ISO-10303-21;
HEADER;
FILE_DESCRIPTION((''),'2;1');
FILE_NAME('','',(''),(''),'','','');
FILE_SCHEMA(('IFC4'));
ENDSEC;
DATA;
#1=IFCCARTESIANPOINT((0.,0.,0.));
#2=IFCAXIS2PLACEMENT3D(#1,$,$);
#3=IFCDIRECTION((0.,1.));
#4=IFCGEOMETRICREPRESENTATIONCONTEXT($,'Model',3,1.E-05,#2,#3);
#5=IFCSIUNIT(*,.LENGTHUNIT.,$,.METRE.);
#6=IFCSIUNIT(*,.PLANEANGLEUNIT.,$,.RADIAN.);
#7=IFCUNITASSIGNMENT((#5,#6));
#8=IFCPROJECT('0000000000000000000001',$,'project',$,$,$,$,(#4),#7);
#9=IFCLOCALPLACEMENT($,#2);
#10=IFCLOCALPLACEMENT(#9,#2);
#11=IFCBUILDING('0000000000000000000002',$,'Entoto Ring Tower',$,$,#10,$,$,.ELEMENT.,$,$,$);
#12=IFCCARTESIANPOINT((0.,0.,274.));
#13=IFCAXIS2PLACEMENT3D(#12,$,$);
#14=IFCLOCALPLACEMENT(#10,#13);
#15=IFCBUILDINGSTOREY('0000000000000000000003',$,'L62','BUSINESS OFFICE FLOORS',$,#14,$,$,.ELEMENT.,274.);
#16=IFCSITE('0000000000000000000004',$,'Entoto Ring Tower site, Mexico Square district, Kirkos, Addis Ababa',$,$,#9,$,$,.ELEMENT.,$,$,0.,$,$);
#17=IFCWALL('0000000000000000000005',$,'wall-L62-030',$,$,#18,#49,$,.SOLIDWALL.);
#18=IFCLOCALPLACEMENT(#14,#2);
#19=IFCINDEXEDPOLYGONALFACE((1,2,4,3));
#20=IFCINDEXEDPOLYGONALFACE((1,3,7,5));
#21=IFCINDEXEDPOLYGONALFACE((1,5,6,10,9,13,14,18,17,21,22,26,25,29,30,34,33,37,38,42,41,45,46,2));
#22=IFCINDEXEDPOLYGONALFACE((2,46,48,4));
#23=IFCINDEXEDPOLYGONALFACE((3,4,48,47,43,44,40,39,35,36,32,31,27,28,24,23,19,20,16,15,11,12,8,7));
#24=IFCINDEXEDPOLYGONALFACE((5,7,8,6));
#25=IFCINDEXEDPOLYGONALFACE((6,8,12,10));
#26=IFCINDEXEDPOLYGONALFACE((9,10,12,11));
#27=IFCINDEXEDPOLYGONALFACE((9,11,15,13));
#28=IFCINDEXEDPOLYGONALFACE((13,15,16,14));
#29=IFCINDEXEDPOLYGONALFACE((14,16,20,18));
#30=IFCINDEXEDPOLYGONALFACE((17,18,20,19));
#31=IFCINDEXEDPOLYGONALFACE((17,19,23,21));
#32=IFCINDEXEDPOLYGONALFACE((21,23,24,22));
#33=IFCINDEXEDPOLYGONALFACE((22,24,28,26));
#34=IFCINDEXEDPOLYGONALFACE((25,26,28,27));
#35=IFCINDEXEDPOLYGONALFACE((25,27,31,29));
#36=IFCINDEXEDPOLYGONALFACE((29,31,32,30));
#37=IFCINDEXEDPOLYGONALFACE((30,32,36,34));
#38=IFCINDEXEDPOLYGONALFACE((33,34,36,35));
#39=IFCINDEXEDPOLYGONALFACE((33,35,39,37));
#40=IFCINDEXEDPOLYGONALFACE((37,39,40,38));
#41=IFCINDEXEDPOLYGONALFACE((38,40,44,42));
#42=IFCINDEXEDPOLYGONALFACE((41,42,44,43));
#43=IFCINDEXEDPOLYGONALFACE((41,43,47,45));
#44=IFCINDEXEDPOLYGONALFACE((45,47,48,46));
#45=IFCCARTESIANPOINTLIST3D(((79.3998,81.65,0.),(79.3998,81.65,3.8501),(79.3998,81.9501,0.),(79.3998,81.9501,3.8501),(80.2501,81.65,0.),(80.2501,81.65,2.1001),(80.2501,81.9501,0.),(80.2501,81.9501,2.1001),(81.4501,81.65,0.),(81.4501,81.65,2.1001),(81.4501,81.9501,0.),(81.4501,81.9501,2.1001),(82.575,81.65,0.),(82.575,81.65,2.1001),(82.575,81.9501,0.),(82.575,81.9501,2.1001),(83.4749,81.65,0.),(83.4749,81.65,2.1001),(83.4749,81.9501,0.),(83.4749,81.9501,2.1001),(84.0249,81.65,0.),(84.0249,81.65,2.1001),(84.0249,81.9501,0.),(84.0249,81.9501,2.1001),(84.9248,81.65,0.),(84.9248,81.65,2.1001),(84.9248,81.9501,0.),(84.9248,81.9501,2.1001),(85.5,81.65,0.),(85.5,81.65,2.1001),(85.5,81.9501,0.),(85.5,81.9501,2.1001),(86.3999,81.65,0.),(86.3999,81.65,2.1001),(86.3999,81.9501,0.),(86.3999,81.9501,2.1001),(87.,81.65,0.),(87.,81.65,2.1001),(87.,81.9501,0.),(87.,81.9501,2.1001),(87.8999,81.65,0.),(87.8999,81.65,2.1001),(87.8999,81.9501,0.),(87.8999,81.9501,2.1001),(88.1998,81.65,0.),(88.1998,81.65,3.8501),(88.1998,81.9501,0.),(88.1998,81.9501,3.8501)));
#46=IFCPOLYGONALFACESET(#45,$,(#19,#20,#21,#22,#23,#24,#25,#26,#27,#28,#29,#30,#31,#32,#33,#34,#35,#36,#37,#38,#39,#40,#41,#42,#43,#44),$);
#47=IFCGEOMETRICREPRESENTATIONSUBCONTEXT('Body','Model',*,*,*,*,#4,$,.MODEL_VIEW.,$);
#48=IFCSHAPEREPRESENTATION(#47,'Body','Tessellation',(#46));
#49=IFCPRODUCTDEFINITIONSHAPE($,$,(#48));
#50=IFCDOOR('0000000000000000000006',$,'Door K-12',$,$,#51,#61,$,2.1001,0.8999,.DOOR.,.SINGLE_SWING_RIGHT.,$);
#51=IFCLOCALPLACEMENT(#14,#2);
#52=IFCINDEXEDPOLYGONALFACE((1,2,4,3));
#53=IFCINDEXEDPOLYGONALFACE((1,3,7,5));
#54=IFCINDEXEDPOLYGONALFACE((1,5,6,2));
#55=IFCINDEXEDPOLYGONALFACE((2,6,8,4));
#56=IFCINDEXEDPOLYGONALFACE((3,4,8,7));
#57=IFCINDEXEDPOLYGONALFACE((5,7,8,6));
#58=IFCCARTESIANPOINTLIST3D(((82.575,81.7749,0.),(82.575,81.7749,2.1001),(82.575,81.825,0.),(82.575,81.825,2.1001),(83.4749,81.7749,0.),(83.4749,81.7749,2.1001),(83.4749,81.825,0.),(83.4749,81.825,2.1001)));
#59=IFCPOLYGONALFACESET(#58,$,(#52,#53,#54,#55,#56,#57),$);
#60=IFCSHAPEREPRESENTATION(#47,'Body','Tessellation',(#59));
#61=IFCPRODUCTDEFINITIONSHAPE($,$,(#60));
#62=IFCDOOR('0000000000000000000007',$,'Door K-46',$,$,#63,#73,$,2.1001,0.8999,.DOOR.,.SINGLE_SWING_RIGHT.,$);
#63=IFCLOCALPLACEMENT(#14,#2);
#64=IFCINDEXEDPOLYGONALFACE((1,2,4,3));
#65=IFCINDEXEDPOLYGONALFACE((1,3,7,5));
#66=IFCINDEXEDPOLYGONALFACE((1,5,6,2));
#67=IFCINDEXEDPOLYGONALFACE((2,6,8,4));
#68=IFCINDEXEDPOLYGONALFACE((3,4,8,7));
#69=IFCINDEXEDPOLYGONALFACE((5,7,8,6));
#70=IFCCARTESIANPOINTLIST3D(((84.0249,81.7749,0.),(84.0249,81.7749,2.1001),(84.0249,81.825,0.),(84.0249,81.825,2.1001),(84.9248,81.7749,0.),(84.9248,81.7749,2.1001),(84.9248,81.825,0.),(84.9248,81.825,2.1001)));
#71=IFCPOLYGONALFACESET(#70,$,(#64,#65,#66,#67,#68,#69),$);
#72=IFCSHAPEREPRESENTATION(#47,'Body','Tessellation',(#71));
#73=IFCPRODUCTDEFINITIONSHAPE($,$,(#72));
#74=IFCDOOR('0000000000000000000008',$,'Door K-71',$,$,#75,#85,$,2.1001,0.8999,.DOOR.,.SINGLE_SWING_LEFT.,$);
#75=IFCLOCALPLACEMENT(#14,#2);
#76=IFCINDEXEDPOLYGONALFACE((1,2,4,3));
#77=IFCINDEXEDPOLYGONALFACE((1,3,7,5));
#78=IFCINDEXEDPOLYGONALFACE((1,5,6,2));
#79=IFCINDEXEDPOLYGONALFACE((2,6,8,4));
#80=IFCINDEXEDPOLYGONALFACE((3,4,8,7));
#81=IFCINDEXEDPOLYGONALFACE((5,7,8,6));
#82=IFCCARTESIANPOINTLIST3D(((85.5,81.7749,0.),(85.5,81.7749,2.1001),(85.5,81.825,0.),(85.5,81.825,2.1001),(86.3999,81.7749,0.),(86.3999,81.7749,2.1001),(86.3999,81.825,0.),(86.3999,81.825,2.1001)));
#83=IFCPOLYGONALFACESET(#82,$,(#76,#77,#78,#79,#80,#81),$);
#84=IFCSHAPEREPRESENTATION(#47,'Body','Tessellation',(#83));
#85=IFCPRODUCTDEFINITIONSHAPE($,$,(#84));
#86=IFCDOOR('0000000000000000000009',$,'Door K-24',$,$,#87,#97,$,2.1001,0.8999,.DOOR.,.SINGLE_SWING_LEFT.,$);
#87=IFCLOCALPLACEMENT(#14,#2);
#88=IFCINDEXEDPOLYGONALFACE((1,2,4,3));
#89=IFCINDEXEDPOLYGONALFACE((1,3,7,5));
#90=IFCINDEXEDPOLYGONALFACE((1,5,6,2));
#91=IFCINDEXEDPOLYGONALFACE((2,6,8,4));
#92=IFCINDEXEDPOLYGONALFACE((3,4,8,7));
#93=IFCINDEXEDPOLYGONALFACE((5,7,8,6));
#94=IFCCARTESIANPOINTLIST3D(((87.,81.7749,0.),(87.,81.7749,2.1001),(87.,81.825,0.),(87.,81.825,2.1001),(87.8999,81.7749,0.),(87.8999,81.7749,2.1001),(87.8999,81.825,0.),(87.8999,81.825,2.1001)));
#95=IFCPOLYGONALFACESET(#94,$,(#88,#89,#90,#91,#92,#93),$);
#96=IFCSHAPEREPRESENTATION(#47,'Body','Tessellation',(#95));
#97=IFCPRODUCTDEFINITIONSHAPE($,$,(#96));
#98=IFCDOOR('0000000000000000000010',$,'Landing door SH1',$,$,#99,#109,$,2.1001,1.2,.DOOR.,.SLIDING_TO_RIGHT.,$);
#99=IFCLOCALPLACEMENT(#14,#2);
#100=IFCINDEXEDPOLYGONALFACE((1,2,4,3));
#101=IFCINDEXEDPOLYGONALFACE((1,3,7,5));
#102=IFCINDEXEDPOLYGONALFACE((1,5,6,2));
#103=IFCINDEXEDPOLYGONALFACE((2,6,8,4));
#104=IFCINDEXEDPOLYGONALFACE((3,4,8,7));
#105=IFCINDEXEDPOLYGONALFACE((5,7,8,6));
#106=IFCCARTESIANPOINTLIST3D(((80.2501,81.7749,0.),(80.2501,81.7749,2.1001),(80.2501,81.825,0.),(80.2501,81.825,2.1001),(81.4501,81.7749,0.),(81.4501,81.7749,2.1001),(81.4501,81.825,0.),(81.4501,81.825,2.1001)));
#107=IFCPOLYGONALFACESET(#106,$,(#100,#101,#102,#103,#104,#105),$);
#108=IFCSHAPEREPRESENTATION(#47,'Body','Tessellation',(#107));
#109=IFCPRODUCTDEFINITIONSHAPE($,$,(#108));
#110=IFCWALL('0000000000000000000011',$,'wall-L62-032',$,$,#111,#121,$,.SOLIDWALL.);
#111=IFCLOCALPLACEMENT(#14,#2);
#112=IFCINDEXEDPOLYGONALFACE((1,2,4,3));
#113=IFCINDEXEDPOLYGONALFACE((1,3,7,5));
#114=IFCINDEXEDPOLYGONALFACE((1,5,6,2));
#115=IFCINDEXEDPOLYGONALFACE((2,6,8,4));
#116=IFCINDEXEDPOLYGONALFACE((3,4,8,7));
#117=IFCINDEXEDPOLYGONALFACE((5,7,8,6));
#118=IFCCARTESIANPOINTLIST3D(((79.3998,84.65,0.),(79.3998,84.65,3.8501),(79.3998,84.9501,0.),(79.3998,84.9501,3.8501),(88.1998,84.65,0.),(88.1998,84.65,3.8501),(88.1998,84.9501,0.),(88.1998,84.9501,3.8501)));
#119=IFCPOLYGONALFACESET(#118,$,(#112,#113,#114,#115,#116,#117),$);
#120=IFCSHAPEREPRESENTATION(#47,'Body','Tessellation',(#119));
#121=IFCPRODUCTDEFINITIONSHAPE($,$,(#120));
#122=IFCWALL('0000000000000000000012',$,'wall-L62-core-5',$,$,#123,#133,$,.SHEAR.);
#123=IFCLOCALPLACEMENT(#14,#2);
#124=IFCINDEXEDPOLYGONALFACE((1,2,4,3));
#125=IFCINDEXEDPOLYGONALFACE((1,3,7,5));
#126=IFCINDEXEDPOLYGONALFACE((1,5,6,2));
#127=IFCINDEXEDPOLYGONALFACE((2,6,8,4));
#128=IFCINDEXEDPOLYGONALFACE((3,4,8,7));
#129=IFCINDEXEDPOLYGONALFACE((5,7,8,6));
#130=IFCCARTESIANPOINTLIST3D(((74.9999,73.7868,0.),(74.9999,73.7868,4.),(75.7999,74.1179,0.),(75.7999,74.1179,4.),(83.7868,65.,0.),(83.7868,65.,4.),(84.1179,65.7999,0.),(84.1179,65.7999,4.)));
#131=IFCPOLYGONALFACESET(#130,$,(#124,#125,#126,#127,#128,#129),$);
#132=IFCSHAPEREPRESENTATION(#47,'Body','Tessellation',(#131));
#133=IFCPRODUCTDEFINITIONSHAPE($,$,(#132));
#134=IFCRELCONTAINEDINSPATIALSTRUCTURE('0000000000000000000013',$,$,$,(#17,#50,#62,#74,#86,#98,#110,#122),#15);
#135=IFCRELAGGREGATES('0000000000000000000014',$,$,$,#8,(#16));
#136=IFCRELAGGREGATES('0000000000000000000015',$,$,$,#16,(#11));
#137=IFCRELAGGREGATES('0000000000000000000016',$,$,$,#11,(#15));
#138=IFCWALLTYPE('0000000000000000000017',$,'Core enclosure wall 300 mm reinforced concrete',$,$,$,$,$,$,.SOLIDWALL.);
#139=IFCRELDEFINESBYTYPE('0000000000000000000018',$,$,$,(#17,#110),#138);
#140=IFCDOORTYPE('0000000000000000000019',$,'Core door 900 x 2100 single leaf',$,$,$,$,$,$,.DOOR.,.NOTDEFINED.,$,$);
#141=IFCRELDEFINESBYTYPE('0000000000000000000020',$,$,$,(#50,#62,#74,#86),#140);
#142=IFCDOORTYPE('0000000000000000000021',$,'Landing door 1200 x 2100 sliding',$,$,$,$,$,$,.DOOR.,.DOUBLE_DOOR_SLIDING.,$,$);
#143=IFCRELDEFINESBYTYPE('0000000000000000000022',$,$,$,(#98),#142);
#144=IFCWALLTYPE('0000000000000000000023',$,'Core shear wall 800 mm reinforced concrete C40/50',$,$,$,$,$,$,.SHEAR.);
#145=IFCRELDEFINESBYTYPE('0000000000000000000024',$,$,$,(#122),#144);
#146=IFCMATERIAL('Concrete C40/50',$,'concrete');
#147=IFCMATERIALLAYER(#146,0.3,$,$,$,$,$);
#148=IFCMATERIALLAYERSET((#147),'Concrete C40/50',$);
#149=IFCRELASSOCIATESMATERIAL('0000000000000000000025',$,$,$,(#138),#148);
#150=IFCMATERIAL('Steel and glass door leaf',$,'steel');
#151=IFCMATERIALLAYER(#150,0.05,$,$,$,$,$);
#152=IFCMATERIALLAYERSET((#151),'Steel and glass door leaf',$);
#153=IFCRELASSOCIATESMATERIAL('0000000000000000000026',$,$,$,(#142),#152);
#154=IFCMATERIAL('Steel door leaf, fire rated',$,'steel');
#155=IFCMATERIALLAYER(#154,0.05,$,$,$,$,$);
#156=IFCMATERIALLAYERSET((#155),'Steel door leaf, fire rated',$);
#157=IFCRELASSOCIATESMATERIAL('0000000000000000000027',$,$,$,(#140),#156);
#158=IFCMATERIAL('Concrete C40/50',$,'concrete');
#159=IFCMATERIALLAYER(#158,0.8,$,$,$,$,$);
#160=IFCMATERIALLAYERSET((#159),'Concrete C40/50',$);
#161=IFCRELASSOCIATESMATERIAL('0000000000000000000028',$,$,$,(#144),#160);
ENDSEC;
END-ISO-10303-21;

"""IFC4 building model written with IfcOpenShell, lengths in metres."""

from ifc_helpers import new_model, si_unit, direction, frame, frame_2d, origin, place, context, subcontext, project, spatial, polyline, rectangle, outline, extrude, material, layer, layer_set, type_object, element, fill, save


model = new_model("IFC4")

# Units and contexts
model_context = context("Model", 3, precision=1e-05, world=origin(), true_north=direction((0.0, 1.0)))
body_context = subcontext(model_context, "Body", "Model", "MODEL_VIEW")
ifc_project = project(units=[si_unit("LENGTHUNIT", "METRE"), si_unit("PLANEANGLEUNIT", "RADIAN")], contexts=[model_context])

# Site, building, storey
site_placement = place(None, origin())
site = spatial("IfcSite", under=ifc_project, at=site_placement, Name="Entoto Ring Tower site, Mexico Square district, Kirkos, Addis Ababa", CompositionType="ELEMENT", RefElevation=0.0)
building_placement = place(site_placement, origin())
building = spatial("IfcBuilding", under=site, at=building_placement, Name="Entoto Ring Tower", CompositionType="ELEMENT")
storey_placement = place(building_placement, frame((0.0, 0.0, 274.0)))
storey = spatial("IfcBuildingStorey", under=building, at=storey_placement, Name="L62", Description="BUSINESS OFFICE FLOORS", CompositionType="ELEMENT", Elevation=274.0)

# Shared definitions
ifc_material_1 = material(Name="Concrete C40/50", Category="concrete")
ifc_layer_1 = layer(ifc_material_1, 0.3)
ifc_layer_set_1 = layer_set([ifc_layer_1], Name="Concrete C40/50")
wall_type_1 = type_object("IfcWallType", Name="Core enclosure wall 300 mm reinforced concrete", PredefinedType="SOLIDWALL", material=ifc_layer_set_1)
ifc_material_2 = material(Name="Steel and glass door leaf", Category="steel")
ifc_layer_2 = layer(ifc_material_2, 0.05)
ifc_layer_set_2 = layer_set([ifc_layer_2], Name="Steel and glass door leaf")
door_type_1 = type_object("IfcDoorType", Name="Landing door 1200 x 2100 sliding", OperationType="DOUBLE_DOOR_SLIDING", PredefinedType="DOOR", material=ifc_layer_set_2)

# Wall, openings, doors
ifc_material_3 = material(Name="Steel door leaf, fire rated", Category="steel")
ifc_layer_3 = layer(ifc_material_3, 0.05)
ifc_layer_set_3 = layer_set([ifc_layer_3], Name="Steel door leaf, fire rated")
door_type_2 = type_object("IfcDoorType", Name="Core door 900 x 2100 single leaf", OperationType="NOTDEFINED", PredefinedType="DOOR", material=ifc_layer_set_3)
wall_1_placement = place(storey_placement, frame((79.3999, 81.8, 0.0), z_axis=(0.0, 0.0, 1.0), x_axis=(1.0, 0.0, 0.0)))
wall_1 = element("IfcWall", 1, at=wall_1_placement, inside=storey, type_object=wall_type_1, Name="wall-L62-030", PredefinedType="SOLIDWALL", context=body_context, shape_type="SweptSolid", body=[
    extrude(rectangle(XDim=8.8, YDim=0.3, at=frame_2d((4.3999, 0.0))), origin(), (0.0, 0.0, 1.0), 3.8501),
])
opening_1_placement = place(wall_1_placement, frame((0.8501, 0.0, 0.0)))
opening_1 = element("IfcOpeningElement", 2, at=opening_1_placement, cuts=wall_1, PredefinedType="OPENING", context=body_context, shape_type="SweptSolid", body=[
    extrude(rectangle(XDim=1.2, YDim=2.1001, at=frame_2d((0.6001, 1.05))), frame((0.0, 0.1602, 0.0), z_axis=(0.0, -1.0, 0.0), x_axis=(1.0, 0.0, 0.0)), (0.0, 0.0, 1.0), 0.3201),
])
opening_2_placement = place(wall_1_placement, frame((3.175, 0.0, 0.0)))
opening_2 = element("IfcOpeningElement", 3, at=opening_2_placement, cuts=wall_1, PredefinedType="OPENING", context=body_context, shape_type="SweptSolid", body=[
    extrude(rectangle(XDim=0.8999, YDim=2.1001, at=frame_2d((0.45, 1.05))), frame((0.0, 0.1602, 0.0), z_axis=(0.0, -1.0, 0.0), x_axis=(1.0, 0.0, 0.0)), (0.0, 0.0, 1.0), 0.3201),
])
opening_3_placement = place(wall_1_placement, frame((4.625, 0.0, 0.0)))
opening_3 = element("IfcOpeningElement", 4, at=opening_3_placement, cuts=wall_1, PredefinedType="OPENING", context=body_context, shape_type="SweptSolid", body=[
    extrude(rectangle(XDim=0.8999, YDim=2.1001, at=frame_2d((0.45, 1.05))), frame((0.0, 0.1602, 0.0), z_axis=(0.0, -1.0, 0.0), x_axis=(1.0, 0.0, 0.0)), (0.0, 0.0, 1.0), 0.3201),
])
opening_4_placement = place(wall_1_placement, frame((6.1001, 0.0, 0.0)))
opening_4 = element("IfcOpeningElement", 5, at=opening_4_placement, cuts=wall_1, PredefinedType="OPENING", context=body_context, shape_type="SweptSolid", body=[
    extrude(rectangle(XDim=0.8999, YDim=2.1001, at=frame_2d((0.45, 1.05))), frame((0.0, 0.1602, 0.0), z_axis=(0.0, -1.0, 0.0), x_axis=(1.0, 0.0, 0.0)), (0.0, 0.0, 1.0), 0.3201),
])
opening_5_placement = place(wall_1_placement, frame((7.6001, 0.0, 0.0)))
opening_5 = element("IfcOpeningElement", 6, at=opening_5_placement, cuts=wall_1, PredefinedType="OPENING", context=body_context, shape_type="SweptSolid", body=[
    extrude(rectangle(XDim=0.8999, YDim=2.1001, at=frame_2d((0.45, 1.05))), frame((0.0, 0.1602, 0.0), z_axis=(0.0, -1.0, 0.0), x_axis=(1.0, 0.0, 0.0)), (0.0, 0.0, 1.0), 0.3201),
])
door_1_placement = place(opening_2_placement, origin())
door_1 = element("IfcDoor", 7, at=door_1_placement, inside=storey, type_object=door_type_2, Name="Door K-12", OperationType="SINGLE_SWING_RIGHT", OverallHeight=2.1001, OverallWidth=0.8999, PredefinedType="DOOR", context=body_context, shape_type="SweptSolid", body=[
    extrude(rectangle(XDim=0.8999, YDim=2.1001, at=frame_2d((0.45, 1.05))), frame((0.0, 0.0249, 0.0), z_axis=(0.0, -1.0, 0.0), x_axis=(1.0, 0.0, 0.0)), (0.0, 0.0, 1.0), 0.05),
])
fill(opening_2, door_1)
door_2_placement = place(opening_3_placement, origin())
door_2 = element("IfcDoor", 8, at=door_2_placement, inside=storey, type_object=door_type_2, Name="Door K-46", OperationType="SINGLE_SWING_RIGHT", OverallHeight=2.1001, OverallWidth=0.8999, PredefinedType="DOOR", context=body_context, shape_type="SweptSolid", body=[
    extrude(rectangle(XDim=0.8999, YDim=2.1001, at=frame_2d((0.45, 1.05))), frame((0.0, 0.0249, 0.0), z_axis=(0.0, -1.0, 0.0), x_axis=(1.0, 0.0, 0.0)), (0.0, 0.0, 1.0), 0.05),
])
fill(opening_3, door_2)
door_3_placement = place(opening_4_placement, origin())
door_3 = element("IfcDoor", 9, at=door_3_placement, inside=storey, type_object=door_type_2, Name="Door K-71", OperationType="SINGLE_SWING_LEFT", OverallHeight=2.1001, OverallWidth=0.8999, PredefinedType="DOOR", context=body_context, shape_type="SweptSolid", body=[
    extrude(rectangle(XDim=0.8999, YDim=2.1001, at=frame_2d((0.45, 1.05))), frame((0.0, 0.0249, 0.0), z_axis=(0.0, -1.0, 0.0), x_axis=(1.0, 0.0, 0.0)), (0.0, 0.0, 1.0), 0.05),
])
fill(opening_4, door_3)
door_4_placement = place(opening_5_placement, origin())
door_4 = element("IfcDoor", 10, at=door_4_placement, inside=storey, type_object=door_type_2, Name="Door K-24", OperationType="SINGLE_SWING_LEFT", OverallHeight=2.1001, OverallWidth=0.8999, PredefinedType="DOOR", context=body_context, shape_type="SweptSolid", body=[
    extrude(rectangle(XDim=0.8999, YDim=2.1001, at=frame_2d((0.45, 1.05))), frame((0.0, 0.0249, 0.0), z_axis=(0.0, -1.0, 0.0), x_axis=(1.0, 0.0, 0.0)), (0.0, 0.0, 1.0), 0.05),
])
fill(opening_5, door_4)
door_5_placement = place(opening_1_placement, origin())
door_5 = element("IfcDoor", 11, at=door_5_placement, inside=storey, type_object=door_type_1, Name="Landing door SH1", OperationType="SLIDING_TO_RIGHT", OverallHeight=2.1001, OverallWidth=1.2, PredefinedType="DOOR", context=body_context, shape_type="SweptSolid", body=[
    extrude(rectangle(XDim=1.2, YDim=2.1001, at=frame_2d((0.6001, 1.05))), frame((0.0, 0.0249, 0.0), z_axis=(0.0, -1.0, 0.0), x_axis=(1.0, 0.0, 0.0)), (0.0, 0.0, 1.0), 0.05),
])
fill(opening_1, door_5)

# Walls
wall_2_placement = place(storey_placement, frame((79.3999, 84.8, 0.0), z_axis=(0.0, 0.0, 1.0), x_axis=(1.0, 0.0, 0.0)))
element("IfcWall", 12, at=wall_2_placement, inside=storey, type_object=wall_type_1, Name="wall-L62-032", PredefinedType="SOLIDWALL", context=body_context, shape_type="SweptSolid", body=[
    extrude(rectangle(XDim=8.8, YDim=0.3, at=frame_2d((4.3999, 0.0))), origin(), (0.0, 0.0, 1.0), 3.8501),
])
ifc_material_4 = material(Name="Concrete C40/50", Category="concrete")
ifc_layer_4 = layer(ifc_material_4, 0.8)
ifc_layer_set_4 = layer_set([ifc_layer_4], Name="Concrete C40/50")
wall_type_2 = type_object("IfcWallType", Name="Core shear wall 800 mm reinforced concrete C40/50", PredefinedType="SHEAR", material=ifc_layer_set_4)
wall_3_placement = place(storey_placement, frame((75.3999, 73.9524, 0.0), z_axis=(0.0, 0.0, 1.0), x_axis=(0.707107, -0.707107, 0.0)))
element("IfcWall", 13, at=wall_3_placement, inside=storey, type_object=wall_type_2, Name="wall-L62-core-5", PredefinedType="SHEAR", context=body_context, shape_type="SweptSolid", body=[
    extrude(outline(polyline([(-0.1658, -0.3999), (12.2607, -0.3999), (11.9292, 0.3999), (0.1658, 0.3999), (-0.1658, -0.3999)])), origin(), (0.0, 0.0, 1.0), 4.0),
])

save(model, "model.ifc")
